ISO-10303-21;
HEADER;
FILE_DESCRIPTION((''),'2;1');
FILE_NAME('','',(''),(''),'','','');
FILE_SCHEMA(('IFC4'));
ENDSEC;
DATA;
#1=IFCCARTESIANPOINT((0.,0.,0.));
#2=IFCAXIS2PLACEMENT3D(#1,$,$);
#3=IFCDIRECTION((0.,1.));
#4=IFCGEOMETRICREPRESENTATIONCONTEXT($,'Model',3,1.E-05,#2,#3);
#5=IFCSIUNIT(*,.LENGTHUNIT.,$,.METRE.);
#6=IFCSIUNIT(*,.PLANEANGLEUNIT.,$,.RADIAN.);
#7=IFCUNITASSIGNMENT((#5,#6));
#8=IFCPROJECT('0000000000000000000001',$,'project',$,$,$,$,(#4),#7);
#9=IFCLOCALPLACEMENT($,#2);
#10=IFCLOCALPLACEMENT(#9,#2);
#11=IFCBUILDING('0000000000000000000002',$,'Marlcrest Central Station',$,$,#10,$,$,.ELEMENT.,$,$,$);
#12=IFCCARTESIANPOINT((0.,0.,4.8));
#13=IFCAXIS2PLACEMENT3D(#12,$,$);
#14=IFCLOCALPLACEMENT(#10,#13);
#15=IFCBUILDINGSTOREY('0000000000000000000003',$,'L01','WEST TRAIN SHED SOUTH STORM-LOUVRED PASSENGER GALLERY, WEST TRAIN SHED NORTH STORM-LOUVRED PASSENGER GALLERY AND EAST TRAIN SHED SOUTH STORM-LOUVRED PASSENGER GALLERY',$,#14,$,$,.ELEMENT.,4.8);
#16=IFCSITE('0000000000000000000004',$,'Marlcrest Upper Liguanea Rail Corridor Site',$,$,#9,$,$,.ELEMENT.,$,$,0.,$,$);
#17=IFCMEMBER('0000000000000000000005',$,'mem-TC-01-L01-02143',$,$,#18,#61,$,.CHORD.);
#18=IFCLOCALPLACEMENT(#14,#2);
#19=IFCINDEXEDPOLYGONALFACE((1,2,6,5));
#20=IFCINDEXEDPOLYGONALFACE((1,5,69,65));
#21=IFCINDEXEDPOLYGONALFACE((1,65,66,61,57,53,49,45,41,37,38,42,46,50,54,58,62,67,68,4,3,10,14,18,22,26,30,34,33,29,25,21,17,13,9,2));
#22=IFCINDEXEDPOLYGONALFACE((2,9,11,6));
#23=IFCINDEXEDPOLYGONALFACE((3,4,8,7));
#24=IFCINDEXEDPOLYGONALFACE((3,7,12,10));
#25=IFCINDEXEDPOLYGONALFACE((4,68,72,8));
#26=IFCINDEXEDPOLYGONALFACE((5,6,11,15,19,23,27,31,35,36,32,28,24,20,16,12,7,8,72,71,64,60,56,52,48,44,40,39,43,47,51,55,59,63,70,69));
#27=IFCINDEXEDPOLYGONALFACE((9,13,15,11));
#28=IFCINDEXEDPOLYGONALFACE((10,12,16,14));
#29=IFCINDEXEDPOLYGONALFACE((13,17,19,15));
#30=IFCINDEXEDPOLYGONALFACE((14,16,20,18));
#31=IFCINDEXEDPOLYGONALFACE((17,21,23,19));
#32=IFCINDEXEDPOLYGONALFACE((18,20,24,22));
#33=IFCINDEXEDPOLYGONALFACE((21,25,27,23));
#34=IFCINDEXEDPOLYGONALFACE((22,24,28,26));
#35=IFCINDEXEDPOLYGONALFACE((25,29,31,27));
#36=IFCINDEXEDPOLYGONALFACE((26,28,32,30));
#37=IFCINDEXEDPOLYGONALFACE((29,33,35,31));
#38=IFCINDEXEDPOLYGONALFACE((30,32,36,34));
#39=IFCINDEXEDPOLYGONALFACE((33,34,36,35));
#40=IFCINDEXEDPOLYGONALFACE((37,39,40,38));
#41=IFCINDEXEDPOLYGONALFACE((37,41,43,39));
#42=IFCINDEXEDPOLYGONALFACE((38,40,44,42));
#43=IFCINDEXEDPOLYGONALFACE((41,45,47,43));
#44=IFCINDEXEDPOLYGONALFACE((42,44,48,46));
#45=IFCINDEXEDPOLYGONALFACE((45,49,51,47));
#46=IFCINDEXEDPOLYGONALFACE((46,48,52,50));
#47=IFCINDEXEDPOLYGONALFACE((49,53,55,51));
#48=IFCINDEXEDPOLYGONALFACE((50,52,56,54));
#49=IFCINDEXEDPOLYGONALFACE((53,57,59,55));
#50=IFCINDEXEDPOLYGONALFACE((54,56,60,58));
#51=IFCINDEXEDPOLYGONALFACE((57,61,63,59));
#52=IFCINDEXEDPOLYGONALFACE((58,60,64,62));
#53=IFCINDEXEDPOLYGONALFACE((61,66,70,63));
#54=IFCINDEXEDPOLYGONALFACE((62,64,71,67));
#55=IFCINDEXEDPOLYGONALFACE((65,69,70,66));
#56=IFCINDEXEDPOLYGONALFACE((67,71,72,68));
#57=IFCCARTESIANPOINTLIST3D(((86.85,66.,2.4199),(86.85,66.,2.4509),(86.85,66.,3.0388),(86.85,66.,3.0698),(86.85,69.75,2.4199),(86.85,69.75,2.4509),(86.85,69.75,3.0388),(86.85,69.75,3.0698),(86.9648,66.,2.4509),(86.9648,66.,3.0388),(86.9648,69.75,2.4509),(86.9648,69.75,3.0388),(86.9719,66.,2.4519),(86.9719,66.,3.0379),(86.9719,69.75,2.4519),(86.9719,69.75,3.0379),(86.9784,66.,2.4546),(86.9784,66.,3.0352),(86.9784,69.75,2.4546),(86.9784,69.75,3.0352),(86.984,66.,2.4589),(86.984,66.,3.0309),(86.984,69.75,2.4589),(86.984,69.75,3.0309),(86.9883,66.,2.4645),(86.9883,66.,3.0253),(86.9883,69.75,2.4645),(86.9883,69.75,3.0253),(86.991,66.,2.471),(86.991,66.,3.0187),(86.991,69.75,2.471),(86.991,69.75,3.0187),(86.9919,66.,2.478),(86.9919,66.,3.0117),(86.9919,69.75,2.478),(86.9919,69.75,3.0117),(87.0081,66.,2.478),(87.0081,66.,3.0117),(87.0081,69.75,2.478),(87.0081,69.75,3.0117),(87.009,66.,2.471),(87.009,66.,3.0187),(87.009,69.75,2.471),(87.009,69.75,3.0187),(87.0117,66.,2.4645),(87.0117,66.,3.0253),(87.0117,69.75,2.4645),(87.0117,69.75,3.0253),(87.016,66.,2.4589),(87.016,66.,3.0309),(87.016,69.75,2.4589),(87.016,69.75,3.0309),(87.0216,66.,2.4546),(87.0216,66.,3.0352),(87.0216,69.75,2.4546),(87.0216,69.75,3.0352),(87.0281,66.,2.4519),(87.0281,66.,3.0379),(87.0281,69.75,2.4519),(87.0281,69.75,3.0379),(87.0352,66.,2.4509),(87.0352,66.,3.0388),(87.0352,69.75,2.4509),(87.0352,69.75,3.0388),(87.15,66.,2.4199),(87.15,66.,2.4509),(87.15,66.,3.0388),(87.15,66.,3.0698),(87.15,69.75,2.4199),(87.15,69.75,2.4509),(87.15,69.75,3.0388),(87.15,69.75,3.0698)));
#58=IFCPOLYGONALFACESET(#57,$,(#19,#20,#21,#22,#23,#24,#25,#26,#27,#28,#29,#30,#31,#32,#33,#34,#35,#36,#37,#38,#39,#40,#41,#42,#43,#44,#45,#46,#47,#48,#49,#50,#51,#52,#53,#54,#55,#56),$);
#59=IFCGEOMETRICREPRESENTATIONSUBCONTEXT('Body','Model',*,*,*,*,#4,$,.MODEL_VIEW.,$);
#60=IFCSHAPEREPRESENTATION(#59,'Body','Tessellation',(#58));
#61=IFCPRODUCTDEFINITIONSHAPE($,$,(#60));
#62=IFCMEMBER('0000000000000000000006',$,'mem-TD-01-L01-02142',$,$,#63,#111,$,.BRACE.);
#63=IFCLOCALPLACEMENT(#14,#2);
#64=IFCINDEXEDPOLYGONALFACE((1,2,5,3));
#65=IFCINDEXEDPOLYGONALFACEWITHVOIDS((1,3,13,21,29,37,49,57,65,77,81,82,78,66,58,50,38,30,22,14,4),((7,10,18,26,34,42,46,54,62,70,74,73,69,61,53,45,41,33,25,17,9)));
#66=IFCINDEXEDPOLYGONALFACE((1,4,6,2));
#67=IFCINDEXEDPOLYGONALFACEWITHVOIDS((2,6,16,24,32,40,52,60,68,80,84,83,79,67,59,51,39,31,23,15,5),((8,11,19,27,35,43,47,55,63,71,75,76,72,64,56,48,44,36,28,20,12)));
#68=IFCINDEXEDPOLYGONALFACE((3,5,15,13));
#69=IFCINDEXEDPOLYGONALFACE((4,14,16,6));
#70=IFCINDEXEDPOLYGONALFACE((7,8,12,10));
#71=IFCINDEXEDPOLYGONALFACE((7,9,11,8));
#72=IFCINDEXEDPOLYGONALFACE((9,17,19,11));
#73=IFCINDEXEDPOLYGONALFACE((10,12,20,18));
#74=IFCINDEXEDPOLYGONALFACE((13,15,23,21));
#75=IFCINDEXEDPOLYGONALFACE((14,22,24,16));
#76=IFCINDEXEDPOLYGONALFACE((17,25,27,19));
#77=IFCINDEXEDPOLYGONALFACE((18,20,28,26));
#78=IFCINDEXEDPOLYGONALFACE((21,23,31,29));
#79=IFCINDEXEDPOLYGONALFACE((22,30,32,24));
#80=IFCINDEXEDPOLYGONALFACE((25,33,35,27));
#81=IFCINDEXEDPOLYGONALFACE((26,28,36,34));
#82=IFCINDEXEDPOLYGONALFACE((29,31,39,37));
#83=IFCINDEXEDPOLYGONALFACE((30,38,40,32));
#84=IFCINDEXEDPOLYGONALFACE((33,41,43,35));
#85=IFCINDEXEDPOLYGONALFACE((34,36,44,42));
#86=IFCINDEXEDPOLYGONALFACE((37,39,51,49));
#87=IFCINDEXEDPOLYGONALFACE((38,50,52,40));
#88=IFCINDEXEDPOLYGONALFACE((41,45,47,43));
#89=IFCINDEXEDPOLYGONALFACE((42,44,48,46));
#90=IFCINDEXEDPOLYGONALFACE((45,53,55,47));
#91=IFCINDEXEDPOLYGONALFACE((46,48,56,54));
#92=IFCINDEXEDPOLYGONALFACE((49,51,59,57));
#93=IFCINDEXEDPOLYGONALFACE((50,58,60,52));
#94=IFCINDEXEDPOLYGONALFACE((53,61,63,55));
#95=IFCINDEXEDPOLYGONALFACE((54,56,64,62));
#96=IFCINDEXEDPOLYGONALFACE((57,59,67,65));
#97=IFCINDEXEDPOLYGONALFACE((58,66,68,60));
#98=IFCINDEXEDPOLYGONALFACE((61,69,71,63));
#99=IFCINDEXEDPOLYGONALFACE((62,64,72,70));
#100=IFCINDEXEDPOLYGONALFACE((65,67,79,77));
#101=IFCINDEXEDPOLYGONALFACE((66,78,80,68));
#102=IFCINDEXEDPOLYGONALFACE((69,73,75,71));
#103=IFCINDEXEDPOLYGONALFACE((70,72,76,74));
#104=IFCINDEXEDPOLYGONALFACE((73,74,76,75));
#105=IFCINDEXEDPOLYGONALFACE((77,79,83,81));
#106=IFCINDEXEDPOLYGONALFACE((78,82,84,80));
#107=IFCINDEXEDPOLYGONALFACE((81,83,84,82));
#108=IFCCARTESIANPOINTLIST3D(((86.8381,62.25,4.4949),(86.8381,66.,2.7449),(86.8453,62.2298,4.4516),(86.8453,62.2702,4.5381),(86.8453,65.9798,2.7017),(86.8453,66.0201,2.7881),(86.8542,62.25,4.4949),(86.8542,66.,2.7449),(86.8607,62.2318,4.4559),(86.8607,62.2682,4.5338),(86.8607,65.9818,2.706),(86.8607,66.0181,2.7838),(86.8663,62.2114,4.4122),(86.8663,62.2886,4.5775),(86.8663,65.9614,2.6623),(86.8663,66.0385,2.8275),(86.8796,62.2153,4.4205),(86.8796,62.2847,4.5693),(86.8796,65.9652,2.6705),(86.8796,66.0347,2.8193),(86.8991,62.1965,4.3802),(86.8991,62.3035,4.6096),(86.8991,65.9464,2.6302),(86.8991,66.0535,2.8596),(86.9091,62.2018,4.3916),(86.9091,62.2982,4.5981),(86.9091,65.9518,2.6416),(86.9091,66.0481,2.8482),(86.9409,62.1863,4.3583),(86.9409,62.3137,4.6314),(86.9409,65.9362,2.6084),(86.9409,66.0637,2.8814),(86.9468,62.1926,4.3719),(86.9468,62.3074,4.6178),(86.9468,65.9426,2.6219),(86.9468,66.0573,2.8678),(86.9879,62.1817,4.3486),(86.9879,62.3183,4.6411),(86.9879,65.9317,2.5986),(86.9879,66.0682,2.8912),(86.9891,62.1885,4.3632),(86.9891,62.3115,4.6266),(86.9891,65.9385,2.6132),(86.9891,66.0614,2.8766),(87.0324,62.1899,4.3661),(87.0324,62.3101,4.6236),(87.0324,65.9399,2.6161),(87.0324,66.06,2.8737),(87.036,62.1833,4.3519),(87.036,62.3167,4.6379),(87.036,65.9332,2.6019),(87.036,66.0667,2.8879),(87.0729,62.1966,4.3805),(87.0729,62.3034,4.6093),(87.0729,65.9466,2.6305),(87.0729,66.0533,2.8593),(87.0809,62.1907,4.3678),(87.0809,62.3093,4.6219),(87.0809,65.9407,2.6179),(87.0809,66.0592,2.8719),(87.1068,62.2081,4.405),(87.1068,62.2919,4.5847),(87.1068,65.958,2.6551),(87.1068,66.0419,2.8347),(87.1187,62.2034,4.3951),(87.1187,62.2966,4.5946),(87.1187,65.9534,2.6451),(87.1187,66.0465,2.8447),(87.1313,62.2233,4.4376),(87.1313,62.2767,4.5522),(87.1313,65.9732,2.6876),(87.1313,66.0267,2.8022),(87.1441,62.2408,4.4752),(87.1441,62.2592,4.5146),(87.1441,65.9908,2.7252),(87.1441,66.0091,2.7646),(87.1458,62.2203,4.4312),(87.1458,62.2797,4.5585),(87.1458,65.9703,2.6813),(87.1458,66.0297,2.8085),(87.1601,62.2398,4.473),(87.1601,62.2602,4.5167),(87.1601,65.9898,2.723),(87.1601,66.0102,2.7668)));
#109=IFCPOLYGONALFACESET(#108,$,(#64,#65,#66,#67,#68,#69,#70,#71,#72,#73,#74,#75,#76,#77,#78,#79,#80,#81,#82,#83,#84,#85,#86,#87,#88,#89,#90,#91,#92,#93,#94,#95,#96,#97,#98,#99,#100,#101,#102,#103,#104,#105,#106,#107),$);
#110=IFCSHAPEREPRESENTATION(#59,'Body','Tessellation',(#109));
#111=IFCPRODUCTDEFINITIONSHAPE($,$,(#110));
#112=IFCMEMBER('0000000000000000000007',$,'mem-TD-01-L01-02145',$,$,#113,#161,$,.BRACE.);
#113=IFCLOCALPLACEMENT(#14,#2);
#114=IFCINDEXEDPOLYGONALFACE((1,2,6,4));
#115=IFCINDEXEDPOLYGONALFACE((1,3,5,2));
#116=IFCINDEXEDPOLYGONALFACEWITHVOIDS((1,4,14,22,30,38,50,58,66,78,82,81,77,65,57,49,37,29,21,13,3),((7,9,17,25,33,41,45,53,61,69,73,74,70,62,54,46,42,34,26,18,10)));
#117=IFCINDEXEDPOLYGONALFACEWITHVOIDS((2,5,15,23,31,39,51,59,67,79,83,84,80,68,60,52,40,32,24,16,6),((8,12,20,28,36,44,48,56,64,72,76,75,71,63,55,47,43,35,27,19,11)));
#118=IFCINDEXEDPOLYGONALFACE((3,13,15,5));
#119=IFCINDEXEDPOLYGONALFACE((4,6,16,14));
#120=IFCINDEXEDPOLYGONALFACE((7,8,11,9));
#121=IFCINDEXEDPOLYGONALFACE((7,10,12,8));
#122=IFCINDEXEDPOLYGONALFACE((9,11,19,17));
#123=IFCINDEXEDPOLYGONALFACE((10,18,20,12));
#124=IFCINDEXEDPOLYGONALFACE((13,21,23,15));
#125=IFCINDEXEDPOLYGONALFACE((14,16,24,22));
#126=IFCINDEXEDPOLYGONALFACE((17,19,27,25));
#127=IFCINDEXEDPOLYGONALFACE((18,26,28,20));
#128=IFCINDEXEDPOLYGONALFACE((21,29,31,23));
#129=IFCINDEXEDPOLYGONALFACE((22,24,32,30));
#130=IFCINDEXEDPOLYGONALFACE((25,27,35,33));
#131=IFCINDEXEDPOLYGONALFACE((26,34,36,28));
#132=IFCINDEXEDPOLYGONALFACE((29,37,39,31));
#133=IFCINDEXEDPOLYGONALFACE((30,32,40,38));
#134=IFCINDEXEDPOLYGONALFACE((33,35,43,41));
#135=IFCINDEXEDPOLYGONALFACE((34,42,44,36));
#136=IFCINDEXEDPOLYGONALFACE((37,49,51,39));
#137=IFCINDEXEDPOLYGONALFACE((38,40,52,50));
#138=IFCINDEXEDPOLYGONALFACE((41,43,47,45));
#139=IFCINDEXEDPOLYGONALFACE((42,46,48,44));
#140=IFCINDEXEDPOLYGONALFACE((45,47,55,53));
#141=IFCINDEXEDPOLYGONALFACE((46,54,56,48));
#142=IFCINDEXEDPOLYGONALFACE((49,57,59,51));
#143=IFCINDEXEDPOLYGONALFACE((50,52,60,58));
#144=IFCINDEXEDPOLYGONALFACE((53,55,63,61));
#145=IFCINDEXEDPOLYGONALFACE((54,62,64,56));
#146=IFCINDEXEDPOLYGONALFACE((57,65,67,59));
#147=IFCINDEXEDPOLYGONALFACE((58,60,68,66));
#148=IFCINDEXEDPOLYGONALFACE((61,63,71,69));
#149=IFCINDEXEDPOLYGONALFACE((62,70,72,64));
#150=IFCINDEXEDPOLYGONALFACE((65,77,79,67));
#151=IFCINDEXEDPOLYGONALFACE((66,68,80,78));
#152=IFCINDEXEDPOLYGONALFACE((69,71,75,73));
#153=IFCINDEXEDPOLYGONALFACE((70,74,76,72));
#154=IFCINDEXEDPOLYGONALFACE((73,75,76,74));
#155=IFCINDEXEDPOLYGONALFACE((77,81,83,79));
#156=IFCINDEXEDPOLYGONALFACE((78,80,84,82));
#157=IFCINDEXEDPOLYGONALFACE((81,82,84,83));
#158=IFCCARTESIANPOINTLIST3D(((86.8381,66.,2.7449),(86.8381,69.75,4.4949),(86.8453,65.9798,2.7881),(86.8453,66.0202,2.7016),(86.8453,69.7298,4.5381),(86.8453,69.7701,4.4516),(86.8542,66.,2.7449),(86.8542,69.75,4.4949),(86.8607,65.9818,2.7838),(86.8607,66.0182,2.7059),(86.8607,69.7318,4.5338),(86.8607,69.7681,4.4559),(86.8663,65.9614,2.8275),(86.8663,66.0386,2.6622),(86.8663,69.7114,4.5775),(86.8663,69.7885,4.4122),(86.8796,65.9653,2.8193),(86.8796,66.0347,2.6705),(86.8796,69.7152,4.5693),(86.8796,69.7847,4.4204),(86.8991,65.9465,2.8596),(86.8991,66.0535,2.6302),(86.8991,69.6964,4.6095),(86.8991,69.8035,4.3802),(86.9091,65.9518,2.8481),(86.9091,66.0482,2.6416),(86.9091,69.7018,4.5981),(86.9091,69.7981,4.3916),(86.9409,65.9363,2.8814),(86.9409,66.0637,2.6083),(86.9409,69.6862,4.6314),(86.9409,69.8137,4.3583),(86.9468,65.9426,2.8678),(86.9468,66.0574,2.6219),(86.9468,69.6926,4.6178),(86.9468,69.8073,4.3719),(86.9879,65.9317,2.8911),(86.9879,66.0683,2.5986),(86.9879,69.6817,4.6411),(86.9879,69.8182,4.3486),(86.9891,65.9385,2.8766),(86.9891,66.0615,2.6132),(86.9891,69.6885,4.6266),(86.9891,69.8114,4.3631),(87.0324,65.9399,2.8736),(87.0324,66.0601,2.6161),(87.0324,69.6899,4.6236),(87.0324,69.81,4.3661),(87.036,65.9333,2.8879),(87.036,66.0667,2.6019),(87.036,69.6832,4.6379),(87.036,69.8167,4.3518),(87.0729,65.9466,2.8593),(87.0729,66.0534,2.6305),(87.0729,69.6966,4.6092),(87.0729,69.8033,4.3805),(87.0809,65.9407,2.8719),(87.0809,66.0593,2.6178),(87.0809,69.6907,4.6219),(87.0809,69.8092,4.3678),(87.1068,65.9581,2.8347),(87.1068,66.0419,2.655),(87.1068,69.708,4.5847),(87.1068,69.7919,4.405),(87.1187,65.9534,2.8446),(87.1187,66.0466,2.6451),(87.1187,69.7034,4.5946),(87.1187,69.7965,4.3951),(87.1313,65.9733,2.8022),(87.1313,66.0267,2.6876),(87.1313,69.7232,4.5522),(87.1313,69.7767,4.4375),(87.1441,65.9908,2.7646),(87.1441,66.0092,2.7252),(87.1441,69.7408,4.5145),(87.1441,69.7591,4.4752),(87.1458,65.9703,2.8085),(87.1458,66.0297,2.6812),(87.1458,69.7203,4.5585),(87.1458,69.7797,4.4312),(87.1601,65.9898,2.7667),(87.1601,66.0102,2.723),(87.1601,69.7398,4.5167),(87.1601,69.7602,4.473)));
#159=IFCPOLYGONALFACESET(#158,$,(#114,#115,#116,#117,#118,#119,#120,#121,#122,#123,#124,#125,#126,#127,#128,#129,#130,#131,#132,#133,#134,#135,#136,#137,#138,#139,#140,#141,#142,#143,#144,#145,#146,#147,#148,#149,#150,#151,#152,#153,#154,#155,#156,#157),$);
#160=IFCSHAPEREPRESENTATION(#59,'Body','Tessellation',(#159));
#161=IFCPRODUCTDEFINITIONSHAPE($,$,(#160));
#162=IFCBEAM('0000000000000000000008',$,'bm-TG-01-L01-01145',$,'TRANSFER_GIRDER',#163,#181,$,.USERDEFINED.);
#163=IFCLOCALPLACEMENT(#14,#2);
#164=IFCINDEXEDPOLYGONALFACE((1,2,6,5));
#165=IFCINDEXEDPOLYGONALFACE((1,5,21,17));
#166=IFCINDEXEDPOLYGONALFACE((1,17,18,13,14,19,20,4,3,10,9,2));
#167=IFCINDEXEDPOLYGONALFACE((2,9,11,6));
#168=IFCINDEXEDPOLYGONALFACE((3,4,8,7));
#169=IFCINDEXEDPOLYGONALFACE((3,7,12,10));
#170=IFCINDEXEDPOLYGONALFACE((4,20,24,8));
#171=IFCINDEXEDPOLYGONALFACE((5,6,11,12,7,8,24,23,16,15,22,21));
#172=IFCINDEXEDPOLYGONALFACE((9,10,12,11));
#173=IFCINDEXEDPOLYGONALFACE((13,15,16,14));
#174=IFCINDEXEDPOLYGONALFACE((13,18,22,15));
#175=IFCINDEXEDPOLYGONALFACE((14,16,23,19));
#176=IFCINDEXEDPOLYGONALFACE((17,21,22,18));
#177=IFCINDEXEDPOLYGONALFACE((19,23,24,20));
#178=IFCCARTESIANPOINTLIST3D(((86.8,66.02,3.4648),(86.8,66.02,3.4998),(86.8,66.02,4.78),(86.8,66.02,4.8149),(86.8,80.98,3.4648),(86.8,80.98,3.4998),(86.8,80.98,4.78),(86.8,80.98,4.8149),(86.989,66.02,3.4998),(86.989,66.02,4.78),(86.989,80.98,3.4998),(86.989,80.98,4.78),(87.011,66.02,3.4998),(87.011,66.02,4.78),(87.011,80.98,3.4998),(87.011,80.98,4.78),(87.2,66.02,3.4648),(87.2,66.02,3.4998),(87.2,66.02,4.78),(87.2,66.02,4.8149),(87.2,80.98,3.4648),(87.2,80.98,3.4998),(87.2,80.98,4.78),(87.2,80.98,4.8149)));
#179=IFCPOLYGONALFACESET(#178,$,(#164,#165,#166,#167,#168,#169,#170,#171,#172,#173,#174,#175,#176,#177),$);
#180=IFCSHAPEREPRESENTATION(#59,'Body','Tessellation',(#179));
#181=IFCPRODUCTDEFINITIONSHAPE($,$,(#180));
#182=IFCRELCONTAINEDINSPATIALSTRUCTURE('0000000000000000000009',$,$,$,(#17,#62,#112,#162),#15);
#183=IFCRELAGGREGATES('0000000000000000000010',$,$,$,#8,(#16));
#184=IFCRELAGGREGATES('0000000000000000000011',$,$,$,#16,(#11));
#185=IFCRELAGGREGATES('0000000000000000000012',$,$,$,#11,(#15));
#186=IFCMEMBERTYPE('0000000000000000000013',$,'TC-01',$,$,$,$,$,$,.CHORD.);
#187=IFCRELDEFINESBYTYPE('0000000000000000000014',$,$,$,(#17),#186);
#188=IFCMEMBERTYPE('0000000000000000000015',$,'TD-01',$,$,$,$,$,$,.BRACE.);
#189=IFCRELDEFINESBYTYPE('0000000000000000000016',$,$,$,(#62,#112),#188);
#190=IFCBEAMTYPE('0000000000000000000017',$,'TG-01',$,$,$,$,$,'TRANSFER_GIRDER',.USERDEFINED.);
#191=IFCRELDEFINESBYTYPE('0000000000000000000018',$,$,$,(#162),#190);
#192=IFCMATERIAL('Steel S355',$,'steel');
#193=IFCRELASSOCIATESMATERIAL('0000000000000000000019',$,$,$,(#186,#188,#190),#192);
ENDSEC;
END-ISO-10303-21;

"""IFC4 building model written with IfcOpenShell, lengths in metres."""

from ifc_helpers import new_model, si_unit, direction, frame, origin, origin_2d, place, context, subcontext, project, spatial, hollow_circle, i_section, extrude, material, material_profile, profile_set, type_object, element, save


model = new_model("IFC4")

# Units and contexts
model_context = context("Model", 3, precision=1e-05, world=origin(), true_north=direction((0.0, 1.0)))
body_context = subcontext(model_context, "Body", "Model", "MODEL_VIEW")
ifc_project = project(units=[si_unit("LENGTHUNIT", "METRE"), si_unit("PLANEANGLEUNIT", "RADIAN")], contexts=[model_context])

# Site, building, storey
site_placement = place(None, origin())
site = spatial("IfcSite", under=ifc_project, at=site_placement, Name="Marlcrest Upper Liguanea Rail Corridor Site", CompositionType="ELEMENT", RefElevation=0.0)
building_placement = place(site_placement, origin())
building = spatial("IfcBuilding", under=site, at=building_placement, Name="Marlcrest Central Station", CompositionType="ELEMENT")
storey_placement = place(building_placement, frame((0.0, 0.0, 4.8)))
storey = spatial("IfcBuildingStorey", under=building, at=storey_placement, Name="L01", Description="WEST TRAIN SHED SOUTH STORM-LOUVRED PASSENGER GALLERY, WEST TRAIN SHED NORTH STORM-LOUVRED PASSENGER GALLERY AND EAST TRAIN SHED SOUTH STORM-LOUVRED PASSENGER GALLERY", CompositionType="ELEMENT", Elevation=4.8)

# Shared definitions
ifc_material = material(Name="Steel S355", Category="steel")

# Members
ifc_material_profile_1 = material_profile(ifc_material, i_section(OverallWidth=0.3, OverallDepth=0.6499, WebThickness=0.0161, FlangeThickness=0.031, FilletRadius=0.0271, at=origin_2d()), Name="HEB 650")
ifc_profile_set_1 = profile_set([ifc_material_profile_1], Name="Steel S355")
member_type_1 = type_object("IfcMemberType", Name="TC-01", PredefinedType="CHORD", material=ifc_profile_set_1)
for number, where, z_axis, x_axis, name in (
    (1, (87.0, 66.0, 2.7449), (0.0, 1.0, 0.0), (-1.0, 0.0, 0.0), "mem-TC-01-L01-02143"),
):
    element("IfcMember", number, at=place(storey_placement, frame(where, z_axis=z_axis, x_axis=x_axis)), inside=storey, type_object=member_type_1, Name=name, PredefinedType="CHORD", context=body_context, shape_type="SweptSolid", body=[
        extrude(i_section(OverallWidth=0.3, OverallDepth=0.6499, WebThickness=0.0161, FlangeThickness=0.031, FilletRadius=0.0271, at=origin_2d()), origin(), (0.0, 0.0, 1.0), 3.75),
    ])
ifc_material_profile_2 = material_profile(ifc_material, hollow_circle(Radius=0.1619, WallThickness=0.0161, at=origin_2d()), Name="CHS 323.9x16")
ifc_profile_set_2 = profile_set([ifc_material_profile_2], Name="Steel S355")
member_type_2 = type_object("IfcMemberType", Name="TD-01", PredefinedType="BRACE", material=ifc_profile_set_2)
for number, where, z_axis, x_axis, name in (
    (2, (87.0, 62.25, 4.4949), (0.0, 0.906183, -0.422885), (-1.0, 0.0, 0.0), "mem-TD-01-L01-02142"),
    (3, (87.0, 66.0, 2.7449), (0.0, 0.906183, 0.422885), (-1.0, 0.0, 0.0), "mem-TD-01-L01-02145"),
):
    element("IfcMember", number, at=place(storey_placement, frame(where, z_axis=z_axis, x_axis=x_axis)), inside=storey, type_object=member_type_2, Name=name, PredefinedType="BRACE", context=body_context, shape_type="SweptSolid", body=[
        extrude(hollow_circle(Radius=0.1619, WallThickness=0.0161, at=origin_2d()), origin(), (0.0, 0.0, 1.0), 4.1382),
    ])

# Beam
ifc_material_profile_3 = material_profile(ifc_material, i_section(OverallWidth=0.3999, OverallDepth=1.3501, WebThickness=0.022, FlangeThickness=0.0349, at=origin_2d()), Name="PG 1350x400")
ifc_profile_set_3 = profile_set([ifc_material_profile_3], Name="Steel S355")
beam_type_1 = type_object("IfcBeamType", Name="TG-01", ElementType="TRANSFER_GIRDER", PredefinedType="USERDEFINED", material=ifc_profile_set_3)
beam_placement = place(storey_placement, frame((87.0, 66.02, 4.1399), z_axis=(0.0, 1.0, 0.0), x_axis=(-1.0, 0.0, 0.0)))
element("IfcBeam", 4, at=beam_placement, inside=storey, type_object=beam_type_1, Name="bm-TG-01-L01-01145", ObjectType="TRANSFER_GIRDER", PredefinedType="USERDEFINED", context=body_context, shape_type="SweptSolid", body=[
    extrude(i_section(OverallWidth=0.3999, OverallDepth=1.3501, WebThickness=0.022, FlangeThickness=0.0349, at=origin_2d()), origin(), (0.0, 0.0, 1.0), 14.96),
])

save(model, "model.ifc")
